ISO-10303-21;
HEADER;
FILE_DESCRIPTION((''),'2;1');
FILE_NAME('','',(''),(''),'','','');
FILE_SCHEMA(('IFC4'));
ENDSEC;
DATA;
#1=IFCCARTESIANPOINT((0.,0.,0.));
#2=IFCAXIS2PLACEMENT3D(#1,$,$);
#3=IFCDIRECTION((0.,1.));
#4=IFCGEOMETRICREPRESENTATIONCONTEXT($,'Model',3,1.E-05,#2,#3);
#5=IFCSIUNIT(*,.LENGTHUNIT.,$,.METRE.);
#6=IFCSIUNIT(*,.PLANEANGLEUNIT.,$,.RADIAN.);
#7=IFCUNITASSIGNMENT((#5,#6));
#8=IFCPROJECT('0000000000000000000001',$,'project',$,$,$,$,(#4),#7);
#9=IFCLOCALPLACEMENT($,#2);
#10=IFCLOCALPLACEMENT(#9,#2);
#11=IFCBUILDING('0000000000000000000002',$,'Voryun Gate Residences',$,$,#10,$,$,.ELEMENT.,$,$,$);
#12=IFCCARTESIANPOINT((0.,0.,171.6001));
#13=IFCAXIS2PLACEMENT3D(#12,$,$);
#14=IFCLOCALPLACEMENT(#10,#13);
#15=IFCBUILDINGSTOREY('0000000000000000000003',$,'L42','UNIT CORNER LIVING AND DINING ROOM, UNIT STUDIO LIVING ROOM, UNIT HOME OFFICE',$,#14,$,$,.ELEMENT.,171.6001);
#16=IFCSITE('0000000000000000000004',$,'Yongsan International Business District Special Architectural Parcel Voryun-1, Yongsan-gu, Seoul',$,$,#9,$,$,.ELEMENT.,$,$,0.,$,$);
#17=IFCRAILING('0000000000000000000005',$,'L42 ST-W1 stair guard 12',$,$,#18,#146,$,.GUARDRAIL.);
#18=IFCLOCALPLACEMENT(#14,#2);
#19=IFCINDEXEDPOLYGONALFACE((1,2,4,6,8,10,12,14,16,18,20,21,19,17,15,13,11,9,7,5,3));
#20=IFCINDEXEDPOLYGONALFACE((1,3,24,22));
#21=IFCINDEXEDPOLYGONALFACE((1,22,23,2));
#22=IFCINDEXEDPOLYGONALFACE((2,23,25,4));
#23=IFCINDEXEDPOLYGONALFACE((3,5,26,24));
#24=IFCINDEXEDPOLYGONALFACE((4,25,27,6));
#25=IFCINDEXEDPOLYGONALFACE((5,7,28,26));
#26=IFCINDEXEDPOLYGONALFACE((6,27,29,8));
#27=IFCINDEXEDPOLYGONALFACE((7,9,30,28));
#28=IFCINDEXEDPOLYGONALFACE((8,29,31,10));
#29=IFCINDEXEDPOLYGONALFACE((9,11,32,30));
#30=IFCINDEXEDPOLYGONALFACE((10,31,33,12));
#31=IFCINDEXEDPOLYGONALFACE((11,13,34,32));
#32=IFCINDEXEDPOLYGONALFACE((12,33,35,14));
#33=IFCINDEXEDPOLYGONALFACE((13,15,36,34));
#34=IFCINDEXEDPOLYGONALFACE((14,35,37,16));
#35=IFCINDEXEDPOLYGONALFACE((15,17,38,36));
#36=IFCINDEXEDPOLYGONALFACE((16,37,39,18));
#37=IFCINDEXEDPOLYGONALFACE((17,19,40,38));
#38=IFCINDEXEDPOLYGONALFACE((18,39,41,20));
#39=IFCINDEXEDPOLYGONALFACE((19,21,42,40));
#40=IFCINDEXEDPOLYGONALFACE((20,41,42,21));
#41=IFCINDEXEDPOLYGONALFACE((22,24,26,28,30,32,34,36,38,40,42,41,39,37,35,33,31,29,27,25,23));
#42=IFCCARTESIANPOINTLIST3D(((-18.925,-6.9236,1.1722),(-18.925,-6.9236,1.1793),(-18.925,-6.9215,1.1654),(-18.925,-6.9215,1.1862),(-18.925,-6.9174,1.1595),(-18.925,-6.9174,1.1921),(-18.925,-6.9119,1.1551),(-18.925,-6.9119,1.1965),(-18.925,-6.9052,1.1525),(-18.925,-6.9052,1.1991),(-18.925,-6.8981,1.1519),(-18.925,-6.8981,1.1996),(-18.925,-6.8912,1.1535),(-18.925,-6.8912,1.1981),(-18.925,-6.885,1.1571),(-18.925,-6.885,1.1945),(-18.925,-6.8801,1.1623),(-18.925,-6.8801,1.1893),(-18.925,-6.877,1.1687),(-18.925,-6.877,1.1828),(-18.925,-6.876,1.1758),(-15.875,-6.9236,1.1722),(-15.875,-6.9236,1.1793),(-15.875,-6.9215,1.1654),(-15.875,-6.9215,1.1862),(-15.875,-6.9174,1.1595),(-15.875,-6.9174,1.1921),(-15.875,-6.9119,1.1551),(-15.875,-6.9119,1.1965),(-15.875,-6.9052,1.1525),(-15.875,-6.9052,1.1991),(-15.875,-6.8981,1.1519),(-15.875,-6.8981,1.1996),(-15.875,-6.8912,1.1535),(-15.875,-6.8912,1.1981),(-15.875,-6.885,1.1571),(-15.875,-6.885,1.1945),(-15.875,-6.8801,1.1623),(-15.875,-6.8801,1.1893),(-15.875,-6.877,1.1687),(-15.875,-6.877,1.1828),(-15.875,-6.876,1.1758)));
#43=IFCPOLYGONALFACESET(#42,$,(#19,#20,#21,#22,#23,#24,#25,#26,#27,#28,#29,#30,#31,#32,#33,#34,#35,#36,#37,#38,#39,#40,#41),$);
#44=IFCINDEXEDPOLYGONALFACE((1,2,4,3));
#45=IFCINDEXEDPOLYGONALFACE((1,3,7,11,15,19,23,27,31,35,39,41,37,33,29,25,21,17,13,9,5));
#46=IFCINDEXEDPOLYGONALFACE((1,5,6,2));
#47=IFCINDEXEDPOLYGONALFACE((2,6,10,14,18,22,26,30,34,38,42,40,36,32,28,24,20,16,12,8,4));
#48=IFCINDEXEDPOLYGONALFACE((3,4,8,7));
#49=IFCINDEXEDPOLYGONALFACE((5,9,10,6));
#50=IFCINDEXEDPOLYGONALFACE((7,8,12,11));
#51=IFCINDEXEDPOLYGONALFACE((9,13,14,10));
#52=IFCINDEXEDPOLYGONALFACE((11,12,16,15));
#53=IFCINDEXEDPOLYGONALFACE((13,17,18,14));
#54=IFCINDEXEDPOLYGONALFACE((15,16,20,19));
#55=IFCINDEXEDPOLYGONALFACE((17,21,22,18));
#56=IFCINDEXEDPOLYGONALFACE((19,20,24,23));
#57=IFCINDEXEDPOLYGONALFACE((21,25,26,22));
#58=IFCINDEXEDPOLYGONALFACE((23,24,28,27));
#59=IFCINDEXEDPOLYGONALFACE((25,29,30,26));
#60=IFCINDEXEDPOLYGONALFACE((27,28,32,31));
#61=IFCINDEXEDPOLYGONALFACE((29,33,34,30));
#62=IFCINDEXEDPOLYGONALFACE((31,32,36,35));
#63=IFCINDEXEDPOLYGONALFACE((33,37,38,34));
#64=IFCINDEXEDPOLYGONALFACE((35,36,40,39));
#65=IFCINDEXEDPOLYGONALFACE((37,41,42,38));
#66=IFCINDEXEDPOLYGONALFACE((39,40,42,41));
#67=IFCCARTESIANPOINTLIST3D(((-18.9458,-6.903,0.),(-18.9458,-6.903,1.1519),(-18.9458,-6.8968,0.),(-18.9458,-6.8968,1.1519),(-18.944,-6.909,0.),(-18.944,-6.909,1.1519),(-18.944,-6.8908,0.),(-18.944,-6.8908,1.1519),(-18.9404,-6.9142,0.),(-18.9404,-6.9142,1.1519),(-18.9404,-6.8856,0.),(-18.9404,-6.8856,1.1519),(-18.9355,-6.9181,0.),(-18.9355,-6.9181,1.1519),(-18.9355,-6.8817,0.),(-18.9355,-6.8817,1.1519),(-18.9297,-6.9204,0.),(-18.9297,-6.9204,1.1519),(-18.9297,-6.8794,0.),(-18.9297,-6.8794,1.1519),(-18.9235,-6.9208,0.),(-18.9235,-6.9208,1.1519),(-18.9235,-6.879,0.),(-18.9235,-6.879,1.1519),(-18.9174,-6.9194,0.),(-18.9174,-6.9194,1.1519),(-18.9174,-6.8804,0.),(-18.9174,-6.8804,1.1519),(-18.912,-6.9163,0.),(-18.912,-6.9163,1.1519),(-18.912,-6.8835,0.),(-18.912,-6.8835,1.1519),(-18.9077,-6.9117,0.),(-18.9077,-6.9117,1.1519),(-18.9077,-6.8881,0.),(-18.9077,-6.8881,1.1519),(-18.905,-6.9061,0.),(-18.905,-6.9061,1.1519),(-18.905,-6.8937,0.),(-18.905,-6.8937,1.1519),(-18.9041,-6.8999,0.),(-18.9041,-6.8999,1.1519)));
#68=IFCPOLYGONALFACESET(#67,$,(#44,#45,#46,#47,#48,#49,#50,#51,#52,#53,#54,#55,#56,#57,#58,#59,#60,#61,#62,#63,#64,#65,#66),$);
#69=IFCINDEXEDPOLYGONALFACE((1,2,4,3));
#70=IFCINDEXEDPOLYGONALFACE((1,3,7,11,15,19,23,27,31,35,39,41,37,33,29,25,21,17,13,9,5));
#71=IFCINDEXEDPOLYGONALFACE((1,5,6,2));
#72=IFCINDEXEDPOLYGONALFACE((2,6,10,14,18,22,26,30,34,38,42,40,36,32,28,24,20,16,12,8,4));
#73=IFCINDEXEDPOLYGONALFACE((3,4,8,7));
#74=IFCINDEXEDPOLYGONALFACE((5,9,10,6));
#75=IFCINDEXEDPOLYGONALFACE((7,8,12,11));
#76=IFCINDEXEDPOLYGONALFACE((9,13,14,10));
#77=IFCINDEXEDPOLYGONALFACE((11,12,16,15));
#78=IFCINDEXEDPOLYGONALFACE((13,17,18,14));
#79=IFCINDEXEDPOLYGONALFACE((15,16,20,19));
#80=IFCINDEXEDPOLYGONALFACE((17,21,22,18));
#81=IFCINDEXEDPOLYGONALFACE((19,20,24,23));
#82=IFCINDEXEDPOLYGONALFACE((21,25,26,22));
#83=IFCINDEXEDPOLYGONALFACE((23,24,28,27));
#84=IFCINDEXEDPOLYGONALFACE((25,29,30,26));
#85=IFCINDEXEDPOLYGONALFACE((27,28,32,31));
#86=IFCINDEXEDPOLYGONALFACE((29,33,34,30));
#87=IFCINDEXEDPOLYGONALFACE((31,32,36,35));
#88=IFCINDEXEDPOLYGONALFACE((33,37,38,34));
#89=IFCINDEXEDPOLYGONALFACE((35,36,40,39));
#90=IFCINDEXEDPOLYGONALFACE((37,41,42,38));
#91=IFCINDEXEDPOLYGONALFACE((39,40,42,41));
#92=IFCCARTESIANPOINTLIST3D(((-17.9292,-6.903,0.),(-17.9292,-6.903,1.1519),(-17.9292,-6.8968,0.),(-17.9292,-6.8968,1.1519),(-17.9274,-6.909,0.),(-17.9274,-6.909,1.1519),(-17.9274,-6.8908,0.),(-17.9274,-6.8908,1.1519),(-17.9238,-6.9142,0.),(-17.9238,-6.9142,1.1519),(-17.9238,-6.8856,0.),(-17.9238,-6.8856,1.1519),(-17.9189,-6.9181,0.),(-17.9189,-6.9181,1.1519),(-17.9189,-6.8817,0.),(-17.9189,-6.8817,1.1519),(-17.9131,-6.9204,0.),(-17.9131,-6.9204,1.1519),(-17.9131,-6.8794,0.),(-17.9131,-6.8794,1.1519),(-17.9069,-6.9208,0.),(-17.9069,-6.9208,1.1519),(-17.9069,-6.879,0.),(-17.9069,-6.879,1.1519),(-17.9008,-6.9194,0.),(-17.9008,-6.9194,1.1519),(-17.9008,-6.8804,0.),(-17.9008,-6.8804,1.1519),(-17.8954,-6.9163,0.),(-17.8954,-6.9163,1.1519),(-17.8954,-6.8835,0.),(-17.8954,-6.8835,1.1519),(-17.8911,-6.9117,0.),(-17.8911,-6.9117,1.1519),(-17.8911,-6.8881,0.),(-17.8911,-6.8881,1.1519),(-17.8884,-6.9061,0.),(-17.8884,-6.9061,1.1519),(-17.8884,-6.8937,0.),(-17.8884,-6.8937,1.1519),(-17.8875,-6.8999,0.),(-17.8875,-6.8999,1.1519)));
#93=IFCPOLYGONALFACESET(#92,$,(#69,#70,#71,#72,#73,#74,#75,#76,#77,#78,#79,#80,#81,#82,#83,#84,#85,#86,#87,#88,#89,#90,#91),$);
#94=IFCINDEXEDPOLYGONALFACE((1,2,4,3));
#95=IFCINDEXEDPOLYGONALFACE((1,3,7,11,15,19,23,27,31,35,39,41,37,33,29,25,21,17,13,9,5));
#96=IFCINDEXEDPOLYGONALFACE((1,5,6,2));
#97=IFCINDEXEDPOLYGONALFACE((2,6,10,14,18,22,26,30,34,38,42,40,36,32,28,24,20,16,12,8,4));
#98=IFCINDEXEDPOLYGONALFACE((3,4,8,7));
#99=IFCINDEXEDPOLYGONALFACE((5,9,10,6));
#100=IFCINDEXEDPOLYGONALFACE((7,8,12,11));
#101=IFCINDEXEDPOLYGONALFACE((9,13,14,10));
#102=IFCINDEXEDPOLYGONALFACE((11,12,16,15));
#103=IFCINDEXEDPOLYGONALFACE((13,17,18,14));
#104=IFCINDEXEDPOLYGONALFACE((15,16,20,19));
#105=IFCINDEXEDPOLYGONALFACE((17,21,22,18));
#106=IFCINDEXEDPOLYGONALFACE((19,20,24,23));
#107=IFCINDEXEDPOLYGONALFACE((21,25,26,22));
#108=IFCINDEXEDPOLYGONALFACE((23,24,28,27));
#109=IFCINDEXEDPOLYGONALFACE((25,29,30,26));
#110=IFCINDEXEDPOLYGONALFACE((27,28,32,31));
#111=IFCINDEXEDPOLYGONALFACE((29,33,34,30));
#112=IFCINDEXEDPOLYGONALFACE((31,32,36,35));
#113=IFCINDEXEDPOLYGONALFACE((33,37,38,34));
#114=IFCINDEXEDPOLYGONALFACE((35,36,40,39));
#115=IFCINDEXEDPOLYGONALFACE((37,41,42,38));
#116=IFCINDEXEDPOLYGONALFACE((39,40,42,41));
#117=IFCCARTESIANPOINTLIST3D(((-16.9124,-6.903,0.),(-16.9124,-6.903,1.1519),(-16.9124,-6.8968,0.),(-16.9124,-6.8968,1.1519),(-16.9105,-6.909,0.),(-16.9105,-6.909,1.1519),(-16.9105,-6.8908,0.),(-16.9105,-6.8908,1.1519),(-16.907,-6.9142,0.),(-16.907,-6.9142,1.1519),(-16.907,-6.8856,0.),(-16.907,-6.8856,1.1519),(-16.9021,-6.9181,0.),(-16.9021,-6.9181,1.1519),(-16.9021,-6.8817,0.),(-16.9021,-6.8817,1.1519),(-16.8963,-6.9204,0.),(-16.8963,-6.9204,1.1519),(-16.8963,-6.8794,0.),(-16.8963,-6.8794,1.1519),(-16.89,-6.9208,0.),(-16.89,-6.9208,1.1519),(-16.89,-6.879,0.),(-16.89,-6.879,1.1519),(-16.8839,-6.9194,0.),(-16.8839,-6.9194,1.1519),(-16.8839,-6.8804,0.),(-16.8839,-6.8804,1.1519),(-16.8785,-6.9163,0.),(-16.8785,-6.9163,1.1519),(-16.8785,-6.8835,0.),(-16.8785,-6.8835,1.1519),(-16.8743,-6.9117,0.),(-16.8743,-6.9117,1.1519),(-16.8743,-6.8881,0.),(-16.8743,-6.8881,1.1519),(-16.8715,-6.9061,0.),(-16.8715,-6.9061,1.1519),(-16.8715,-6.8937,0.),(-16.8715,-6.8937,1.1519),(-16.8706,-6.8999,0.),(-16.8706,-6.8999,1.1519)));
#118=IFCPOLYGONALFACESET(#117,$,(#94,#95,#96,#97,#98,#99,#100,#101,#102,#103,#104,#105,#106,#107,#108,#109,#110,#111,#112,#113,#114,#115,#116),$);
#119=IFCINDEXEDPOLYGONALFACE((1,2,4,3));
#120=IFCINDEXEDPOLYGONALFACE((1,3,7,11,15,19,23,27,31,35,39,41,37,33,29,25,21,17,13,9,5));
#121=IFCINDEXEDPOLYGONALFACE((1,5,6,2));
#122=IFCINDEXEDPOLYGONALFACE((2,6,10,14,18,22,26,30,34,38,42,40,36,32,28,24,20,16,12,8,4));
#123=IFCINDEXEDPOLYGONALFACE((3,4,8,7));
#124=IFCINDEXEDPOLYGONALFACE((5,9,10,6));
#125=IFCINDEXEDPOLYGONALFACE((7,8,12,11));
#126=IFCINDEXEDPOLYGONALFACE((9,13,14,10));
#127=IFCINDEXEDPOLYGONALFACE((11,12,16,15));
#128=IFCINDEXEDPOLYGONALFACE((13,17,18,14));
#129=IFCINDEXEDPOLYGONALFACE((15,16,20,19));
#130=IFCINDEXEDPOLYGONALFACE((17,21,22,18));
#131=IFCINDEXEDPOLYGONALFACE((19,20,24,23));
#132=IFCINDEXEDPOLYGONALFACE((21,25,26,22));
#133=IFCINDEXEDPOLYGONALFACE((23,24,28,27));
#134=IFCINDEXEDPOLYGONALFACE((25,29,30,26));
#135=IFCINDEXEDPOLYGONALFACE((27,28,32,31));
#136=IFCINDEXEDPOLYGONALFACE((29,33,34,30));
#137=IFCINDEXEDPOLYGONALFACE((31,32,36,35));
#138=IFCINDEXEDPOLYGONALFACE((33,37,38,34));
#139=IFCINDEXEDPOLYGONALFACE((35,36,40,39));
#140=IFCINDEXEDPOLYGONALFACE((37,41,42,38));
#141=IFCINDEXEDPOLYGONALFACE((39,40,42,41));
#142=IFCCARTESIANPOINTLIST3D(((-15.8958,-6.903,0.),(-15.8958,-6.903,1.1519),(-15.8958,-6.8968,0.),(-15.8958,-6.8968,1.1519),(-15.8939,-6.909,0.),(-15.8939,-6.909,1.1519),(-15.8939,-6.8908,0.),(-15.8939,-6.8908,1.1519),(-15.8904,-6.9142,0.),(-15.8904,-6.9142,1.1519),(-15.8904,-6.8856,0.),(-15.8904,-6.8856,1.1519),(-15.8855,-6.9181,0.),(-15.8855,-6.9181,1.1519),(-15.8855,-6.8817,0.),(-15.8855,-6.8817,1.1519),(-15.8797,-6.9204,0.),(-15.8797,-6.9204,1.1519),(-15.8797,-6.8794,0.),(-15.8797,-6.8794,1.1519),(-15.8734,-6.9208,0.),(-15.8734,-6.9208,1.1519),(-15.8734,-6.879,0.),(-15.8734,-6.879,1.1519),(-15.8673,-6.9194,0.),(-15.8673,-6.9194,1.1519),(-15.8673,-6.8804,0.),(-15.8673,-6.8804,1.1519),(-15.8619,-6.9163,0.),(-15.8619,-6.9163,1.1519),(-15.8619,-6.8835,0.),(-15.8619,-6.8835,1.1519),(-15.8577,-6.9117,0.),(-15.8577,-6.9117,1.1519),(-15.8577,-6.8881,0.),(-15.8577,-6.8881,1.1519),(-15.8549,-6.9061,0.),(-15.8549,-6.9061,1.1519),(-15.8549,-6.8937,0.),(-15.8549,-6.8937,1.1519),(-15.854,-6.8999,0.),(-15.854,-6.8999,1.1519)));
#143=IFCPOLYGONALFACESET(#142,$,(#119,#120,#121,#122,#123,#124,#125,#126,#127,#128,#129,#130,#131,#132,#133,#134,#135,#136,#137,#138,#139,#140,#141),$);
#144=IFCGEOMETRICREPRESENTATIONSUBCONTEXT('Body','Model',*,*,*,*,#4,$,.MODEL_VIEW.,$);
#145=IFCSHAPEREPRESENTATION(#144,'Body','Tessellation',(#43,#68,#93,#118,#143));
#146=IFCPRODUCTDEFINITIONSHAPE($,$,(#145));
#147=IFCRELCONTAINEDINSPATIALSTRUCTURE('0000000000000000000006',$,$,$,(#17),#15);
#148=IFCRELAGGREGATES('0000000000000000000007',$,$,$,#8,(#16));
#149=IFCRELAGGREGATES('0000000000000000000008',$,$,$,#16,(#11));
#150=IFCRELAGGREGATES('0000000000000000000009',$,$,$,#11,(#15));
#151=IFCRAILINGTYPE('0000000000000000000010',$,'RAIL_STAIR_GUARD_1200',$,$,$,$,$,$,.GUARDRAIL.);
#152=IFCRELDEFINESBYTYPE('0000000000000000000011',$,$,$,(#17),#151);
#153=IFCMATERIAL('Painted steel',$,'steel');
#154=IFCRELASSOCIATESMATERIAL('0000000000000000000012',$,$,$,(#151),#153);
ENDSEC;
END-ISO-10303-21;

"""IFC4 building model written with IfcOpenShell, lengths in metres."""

from ifc_helpers import new_model, si_unit, direction, frame, origin, origin_2d, place, context, subcontext, project, spatial, circle, extrude, material, type_object, element, save


model = new_model("IFC4")

# Units and contexts
model_context = context("Model", 3, precision=1e-05, world=origin(), true_north=direction((0.0, 1.0)))
body_context = subcontext(model_context, "Body", "Model", "MODEL_VIEW")
ifc_project = project(units=[si_unit("LENGTHUNIT", "METRE"), si_unit("PLANEANGLEUNIT", "RADIAN")], contexts=[model_context])

# Site, building, storey
site_placement = place(None, origin())
site = spatial("IfcSite", under=ifc_project, at=site_placement, Name="Yongsan International Business District Special Architectural Parcel Voryun-1, Yongsan-gu, Seoul", CompositionType="ELEMENT", RefElevation=0.0)
building_placement = place(site_placement, origin())
building = spatial("IfcBuilding", under=site, at=building_placement, Name="Voryun Gate Residences", CompositionType="ELEMENT")
storey_placement = place(building_placement, frame((0.0, 0.0, 171.6001)))
storey = spatial("IfcBuildingStorey", under=building, at=storey_placement, Name="L42", Description="UNIT CORNER LIVING AND DINING ROOM, UNIT STUDIO LIVING ROOM, UNIT HOME OFFICE", CompositionType="ELEMENT", Elevation=171.6001)

# Railing
ifc_material_1 = material(Name="Painted steel", Category="steel")
railing_type_1 = type_object("IfcRailingType", Name="RAIL_STAIR_GUARD_1200", PredefinedType="GUARDRAIL", material=ifc_material_1)
railing_1_placement = place(storey_placement, frame((-18.925, -6.8999, 0.0)))
element("IfcRailing", 1, at=railing_1_placement, inside=storey, type_object=railing_type_1, Name="L42 ST-W1 stair guard 12", PredefinedType="GUARDRAIL", context=body_context, shape_type="SweptSolid", body=[
    extrude(circle(Radius=0.0239, at=origin_2d()), frame((0.0, 0.0, 1.1758), z_axis=(1.0, 0.0, 0.0), x_axis=(0.0, 1.0, 0.0)), (0.0, 0.0, 1.0), 3.05),
    extrude(circle(Radius=0.021, at=origin_2d()), origin(), (0.0, 0.0, 1.0), 1.1519),
    extrude(circle(Radius=0.021, at=origin_2d()), frame((1.0166, 0.0, 0.0)), (0.0, 0.0, 1.0), 1.1519),
    extrude(circle(Radius=0.021, at=origin_2d()), frame((2.0334, 0.0, 0.0)), (0.0, 0.0, 1.0), 1.1519),
    extrude(circle(Radius=0.021, at=origin_2d()), frame((3.05, 0.0, 0.0)), (0.0, 0.0, 1.0), 1.1519),
])

save(model, "model.ifc")
